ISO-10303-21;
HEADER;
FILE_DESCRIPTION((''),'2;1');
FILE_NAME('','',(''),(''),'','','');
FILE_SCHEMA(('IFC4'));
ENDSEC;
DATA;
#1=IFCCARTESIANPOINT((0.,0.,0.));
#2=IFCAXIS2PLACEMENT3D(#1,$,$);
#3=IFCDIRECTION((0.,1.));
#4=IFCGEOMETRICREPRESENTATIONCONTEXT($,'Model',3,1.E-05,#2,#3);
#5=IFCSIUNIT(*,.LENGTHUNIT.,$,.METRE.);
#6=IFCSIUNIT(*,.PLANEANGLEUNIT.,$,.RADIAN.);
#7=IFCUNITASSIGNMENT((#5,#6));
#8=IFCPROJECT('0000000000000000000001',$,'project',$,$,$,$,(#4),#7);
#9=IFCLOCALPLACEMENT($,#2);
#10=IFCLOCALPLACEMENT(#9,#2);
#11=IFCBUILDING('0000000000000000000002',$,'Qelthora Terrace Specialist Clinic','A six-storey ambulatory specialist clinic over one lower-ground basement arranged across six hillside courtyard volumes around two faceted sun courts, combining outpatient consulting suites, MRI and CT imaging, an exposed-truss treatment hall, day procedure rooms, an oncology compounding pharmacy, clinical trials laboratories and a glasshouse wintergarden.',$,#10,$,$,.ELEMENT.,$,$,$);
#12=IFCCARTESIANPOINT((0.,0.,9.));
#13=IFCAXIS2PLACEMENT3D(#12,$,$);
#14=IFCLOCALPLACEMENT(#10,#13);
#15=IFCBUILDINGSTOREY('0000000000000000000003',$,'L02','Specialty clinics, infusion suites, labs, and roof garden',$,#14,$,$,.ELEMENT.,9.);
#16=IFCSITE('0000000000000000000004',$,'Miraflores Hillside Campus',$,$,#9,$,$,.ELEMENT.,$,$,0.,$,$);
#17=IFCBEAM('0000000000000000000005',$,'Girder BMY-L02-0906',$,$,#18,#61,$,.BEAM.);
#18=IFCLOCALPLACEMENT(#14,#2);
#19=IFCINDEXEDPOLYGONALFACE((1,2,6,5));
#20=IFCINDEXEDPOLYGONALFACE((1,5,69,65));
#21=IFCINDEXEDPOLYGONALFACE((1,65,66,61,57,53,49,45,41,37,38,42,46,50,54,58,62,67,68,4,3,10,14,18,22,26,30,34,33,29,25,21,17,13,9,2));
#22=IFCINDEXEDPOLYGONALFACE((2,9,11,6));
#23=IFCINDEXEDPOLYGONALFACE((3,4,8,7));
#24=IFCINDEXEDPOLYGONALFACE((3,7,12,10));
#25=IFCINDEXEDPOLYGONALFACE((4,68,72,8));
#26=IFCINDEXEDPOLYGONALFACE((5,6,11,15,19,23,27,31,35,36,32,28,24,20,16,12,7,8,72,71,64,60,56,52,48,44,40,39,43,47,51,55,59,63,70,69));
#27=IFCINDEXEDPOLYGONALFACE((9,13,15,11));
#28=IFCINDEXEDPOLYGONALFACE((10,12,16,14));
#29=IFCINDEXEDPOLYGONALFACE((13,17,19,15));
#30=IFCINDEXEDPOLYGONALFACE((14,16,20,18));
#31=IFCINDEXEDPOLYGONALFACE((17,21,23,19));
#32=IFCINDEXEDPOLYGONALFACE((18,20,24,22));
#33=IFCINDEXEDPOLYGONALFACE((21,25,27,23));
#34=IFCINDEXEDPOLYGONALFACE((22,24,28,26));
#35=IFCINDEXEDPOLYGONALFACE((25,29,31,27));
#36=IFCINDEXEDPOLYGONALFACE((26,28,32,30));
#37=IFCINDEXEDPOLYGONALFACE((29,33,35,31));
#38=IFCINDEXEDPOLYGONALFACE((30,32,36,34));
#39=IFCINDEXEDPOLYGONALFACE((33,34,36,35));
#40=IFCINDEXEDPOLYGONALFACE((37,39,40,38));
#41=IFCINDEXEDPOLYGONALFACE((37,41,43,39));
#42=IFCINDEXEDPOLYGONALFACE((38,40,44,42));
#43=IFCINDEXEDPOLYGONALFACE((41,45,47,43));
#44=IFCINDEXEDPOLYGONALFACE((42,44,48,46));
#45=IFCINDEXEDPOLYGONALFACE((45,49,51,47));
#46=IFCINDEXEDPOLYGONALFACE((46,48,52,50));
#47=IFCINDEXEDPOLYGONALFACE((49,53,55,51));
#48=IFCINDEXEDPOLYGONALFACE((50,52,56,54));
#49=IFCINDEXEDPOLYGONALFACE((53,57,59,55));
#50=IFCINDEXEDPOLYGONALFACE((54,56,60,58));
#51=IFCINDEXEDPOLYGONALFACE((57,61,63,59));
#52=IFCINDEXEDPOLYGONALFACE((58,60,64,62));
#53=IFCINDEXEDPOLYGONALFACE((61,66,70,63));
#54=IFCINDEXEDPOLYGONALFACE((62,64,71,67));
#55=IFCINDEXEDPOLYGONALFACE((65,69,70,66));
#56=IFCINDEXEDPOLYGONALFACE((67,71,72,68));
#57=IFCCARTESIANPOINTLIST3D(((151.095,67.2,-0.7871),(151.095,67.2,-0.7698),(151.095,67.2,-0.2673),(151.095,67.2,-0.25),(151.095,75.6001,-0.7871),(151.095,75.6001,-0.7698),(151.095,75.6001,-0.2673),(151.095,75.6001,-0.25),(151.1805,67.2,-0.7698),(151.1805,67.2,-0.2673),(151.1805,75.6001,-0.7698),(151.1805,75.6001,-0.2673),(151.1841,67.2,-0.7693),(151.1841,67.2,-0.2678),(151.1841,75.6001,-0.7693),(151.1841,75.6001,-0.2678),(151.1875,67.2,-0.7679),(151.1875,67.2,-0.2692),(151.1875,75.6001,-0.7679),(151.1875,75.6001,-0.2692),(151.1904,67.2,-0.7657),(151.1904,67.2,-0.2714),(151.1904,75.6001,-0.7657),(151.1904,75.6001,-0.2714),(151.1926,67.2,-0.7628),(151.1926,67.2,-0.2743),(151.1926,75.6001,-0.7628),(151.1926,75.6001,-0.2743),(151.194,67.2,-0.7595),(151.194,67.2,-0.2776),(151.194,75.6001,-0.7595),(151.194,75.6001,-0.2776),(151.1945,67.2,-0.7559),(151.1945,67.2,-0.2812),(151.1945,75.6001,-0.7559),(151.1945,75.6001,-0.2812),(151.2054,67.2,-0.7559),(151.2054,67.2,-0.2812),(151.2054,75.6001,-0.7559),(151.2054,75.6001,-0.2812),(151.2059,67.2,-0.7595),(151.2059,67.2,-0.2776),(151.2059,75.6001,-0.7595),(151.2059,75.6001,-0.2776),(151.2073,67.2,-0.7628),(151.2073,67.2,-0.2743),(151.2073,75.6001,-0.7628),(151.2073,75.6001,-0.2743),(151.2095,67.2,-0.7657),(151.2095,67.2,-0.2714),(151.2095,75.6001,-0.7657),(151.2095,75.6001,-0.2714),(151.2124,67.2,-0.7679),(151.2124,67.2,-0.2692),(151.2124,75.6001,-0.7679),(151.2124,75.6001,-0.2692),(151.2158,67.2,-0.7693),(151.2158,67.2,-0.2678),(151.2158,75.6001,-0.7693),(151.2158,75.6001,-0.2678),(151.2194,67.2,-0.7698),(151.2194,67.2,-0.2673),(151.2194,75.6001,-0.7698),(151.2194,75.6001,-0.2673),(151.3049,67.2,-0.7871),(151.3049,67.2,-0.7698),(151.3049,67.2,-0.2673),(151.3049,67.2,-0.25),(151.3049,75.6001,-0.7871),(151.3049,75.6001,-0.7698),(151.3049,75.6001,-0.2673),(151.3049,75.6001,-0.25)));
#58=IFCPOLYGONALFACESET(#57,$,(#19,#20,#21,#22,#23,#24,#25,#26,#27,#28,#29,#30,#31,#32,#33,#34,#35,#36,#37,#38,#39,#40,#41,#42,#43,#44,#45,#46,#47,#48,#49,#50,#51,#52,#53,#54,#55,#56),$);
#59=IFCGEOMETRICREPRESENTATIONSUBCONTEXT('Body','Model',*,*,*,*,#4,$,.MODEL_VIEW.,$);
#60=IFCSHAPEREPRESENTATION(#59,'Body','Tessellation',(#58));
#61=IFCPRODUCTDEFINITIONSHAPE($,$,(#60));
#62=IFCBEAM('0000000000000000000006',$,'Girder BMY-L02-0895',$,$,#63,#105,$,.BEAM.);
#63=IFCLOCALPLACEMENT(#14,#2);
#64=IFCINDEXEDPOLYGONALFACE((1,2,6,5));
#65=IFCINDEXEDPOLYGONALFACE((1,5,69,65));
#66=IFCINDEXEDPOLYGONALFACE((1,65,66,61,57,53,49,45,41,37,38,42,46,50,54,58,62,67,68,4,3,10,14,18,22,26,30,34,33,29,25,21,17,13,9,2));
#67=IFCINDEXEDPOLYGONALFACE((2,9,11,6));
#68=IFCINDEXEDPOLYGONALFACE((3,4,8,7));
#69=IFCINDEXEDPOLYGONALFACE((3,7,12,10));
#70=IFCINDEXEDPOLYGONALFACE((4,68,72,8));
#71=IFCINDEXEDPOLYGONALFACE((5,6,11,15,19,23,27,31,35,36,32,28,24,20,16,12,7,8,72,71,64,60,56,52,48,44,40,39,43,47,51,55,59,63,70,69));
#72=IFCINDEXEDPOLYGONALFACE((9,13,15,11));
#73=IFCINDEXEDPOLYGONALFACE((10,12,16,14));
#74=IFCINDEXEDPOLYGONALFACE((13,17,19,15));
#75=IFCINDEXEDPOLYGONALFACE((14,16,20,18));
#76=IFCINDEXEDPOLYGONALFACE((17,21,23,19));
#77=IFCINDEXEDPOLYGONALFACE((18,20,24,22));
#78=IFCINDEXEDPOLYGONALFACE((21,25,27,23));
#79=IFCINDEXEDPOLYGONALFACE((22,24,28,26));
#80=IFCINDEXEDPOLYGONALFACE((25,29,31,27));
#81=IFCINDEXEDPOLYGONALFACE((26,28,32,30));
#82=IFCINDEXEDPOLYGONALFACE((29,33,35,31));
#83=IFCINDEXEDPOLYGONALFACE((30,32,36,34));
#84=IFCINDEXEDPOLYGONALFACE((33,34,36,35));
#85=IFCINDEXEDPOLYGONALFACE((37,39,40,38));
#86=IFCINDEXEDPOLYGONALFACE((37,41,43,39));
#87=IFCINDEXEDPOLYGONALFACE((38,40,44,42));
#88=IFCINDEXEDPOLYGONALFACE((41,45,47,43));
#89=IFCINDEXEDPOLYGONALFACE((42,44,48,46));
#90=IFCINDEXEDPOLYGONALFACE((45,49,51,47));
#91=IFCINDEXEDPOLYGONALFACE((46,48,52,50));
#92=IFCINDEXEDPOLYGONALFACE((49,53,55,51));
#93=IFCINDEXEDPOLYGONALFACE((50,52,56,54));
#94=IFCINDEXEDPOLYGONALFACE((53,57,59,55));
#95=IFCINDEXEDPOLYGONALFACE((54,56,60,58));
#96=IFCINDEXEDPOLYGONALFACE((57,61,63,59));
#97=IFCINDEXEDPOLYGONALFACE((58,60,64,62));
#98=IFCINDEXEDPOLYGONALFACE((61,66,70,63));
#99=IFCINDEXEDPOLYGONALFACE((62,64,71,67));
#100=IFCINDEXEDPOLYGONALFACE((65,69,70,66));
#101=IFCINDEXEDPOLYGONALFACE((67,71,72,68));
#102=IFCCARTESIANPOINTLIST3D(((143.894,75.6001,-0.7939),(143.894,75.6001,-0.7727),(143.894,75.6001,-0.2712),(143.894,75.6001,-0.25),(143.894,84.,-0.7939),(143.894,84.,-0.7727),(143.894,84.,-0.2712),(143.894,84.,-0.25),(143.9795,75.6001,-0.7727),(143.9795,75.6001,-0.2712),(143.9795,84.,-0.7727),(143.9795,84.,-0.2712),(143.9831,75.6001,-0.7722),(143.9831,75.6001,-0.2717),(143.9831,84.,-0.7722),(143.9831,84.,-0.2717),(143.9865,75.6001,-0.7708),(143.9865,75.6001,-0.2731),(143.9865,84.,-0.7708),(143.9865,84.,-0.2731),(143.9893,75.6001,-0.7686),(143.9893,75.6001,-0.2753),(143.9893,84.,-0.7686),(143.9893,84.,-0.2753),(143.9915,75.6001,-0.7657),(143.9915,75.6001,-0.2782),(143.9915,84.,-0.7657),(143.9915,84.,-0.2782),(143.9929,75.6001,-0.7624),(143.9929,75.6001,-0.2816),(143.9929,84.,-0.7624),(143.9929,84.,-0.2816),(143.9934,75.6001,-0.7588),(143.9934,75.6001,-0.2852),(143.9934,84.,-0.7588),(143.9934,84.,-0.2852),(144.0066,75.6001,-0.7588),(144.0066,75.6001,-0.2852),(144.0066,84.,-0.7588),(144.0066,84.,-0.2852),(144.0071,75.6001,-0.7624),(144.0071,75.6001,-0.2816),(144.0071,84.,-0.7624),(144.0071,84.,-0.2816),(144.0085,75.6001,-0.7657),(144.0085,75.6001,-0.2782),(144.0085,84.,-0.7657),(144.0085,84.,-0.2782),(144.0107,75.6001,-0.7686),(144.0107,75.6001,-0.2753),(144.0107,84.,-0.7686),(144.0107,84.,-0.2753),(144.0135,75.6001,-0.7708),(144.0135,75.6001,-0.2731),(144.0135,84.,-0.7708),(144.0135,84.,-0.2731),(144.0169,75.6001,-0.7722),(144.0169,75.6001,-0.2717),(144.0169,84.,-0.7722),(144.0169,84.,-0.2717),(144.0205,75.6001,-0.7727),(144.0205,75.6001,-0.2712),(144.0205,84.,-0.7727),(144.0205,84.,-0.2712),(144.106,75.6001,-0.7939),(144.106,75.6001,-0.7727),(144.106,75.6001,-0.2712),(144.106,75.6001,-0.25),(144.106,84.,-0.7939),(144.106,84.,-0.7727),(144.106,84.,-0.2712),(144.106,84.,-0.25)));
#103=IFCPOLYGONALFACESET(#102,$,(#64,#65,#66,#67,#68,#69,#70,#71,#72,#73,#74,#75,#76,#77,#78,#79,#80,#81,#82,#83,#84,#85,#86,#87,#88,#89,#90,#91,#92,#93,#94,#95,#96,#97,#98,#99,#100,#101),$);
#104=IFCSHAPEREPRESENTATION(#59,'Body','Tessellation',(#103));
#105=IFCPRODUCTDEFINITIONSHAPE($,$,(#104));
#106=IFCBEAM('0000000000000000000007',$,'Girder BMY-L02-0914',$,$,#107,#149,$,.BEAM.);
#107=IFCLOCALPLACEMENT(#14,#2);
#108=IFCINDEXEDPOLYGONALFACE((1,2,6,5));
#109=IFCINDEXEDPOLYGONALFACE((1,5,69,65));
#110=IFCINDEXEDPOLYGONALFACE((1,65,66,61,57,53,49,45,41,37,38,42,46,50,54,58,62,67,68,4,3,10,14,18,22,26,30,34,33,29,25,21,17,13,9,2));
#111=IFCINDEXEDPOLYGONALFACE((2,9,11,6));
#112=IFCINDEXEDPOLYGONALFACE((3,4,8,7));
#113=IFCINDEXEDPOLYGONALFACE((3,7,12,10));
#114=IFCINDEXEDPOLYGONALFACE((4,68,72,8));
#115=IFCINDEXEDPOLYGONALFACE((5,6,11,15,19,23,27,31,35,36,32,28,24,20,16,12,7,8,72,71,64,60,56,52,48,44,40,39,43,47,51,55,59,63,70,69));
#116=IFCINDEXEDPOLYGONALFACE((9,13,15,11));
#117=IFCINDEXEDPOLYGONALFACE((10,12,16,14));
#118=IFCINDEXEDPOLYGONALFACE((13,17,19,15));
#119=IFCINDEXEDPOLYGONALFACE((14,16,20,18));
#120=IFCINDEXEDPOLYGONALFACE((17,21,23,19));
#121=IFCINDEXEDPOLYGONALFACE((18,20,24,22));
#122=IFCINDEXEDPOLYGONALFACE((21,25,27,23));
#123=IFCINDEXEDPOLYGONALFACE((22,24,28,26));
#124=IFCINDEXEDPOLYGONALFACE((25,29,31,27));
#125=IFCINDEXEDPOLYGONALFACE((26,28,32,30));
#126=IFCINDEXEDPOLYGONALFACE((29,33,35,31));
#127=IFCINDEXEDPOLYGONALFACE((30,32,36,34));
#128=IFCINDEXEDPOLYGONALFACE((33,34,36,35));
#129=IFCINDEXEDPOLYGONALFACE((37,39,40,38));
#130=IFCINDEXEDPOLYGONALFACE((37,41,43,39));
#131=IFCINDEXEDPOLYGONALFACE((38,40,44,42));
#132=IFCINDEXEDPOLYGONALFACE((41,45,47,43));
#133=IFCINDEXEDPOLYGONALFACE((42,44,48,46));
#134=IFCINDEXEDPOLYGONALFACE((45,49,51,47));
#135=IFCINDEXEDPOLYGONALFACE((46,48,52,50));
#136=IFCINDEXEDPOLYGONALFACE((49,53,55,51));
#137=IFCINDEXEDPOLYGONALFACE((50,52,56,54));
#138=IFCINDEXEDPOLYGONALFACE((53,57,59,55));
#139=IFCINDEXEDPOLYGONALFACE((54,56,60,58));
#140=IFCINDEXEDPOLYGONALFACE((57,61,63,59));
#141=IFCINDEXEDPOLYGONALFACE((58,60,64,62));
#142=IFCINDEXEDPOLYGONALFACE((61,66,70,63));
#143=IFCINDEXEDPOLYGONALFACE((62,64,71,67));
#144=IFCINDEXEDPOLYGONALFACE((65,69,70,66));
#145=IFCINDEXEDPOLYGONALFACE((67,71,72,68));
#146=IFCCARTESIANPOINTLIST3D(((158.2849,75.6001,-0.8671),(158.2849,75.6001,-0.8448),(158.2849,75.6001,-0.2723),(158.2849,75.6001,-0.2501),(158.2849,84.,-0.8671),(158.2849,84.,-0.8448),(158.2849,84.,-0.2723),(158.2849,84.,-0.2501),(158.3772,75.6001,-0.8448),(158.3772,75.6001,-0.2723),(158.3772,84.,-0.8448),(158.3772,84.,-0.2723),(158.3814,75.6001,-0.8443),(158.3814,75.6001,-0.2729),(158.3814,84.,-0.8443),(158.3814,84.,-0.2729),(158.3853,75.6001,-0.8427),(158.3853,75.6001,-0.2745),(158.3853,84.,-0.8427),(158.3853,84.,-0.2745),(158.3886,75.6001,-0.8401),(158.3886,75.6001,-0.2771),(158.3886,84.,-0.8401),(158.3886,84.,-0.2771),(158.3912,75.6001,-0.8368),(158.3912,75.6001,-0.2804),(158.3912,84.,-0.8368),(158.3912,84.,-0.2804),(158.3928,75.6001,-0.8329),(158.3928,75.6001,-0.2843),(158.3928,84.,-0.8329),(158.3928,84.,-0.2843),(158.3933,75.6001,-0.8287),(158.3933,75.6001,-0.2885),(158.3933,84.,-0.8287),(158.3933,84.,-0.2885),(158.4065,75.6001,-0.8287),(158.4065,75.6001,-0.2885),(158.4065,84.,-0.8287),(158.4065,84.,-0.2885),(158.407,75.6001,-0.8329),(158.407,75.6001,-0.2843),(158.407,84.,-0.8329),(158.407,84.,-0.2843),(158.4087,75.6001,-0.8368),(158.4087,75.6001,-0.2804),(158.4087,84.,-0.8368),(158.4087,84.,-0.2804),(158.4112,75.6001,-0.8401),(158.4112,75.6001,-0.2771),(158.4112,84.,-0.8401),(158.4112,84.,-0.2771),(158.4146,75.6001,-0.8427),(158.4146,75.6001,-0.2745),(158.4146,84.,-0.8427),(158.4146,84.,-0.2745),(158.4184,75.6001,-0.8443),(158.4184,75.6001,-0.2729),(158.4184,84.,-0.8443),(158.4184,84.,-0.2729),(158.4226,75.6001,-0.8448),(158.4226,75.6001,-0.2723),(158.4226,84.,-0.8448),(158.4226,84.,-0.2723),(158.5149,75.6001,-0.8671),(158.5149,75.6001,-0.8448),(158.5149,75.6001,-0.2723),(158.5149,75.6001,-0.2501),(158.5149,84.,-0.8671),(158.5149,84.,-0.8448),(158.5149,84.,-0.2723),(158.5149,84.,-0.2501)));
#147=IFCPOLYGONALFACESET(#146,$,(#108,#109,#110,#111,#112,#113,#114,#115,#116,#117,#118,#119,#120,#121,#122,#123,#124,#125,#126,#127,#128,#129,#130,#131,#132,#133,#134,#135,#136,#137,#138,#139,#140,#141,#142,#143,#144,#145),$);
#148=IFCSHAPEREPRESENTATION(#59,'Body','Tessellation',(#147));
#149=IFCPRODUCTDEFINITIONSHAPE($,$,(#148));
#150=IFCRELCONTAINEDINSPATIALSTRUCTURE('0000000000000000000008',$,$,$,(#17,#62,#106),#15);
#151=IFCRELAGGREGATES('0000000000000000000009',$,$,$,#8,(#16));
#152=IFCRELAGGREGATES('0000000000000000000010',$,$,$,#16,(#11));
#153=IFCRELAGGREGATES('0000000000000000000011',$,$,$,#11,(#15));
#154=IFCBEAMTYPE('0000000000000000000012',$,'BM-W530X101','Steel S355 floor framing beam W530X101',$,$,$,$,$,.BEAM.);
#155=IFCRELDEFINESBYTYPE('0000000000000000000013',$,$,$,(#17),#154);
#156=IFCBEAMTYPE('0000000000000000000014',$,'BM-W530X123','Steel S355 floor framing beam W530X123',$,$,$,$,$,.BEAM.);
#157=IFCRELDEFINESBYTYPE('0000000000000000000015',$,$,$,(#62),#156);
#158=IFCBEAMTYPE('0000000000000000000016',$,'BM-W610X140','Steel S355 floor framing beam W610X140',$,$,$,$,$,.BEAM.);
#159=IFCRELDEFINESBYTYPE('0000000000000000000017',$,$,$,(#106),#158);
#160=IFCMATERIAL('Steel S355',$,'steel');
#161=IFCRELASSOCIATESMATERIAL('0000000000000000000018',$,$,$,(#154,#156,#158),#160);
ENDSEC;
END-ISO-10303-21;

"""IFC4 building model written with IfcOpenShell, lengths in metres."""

from ifc_helpers import new_model, si_unit, direction, frame, origin, origin_2d, place, context, subcontext, project, spatial, i_section, extrude, material, material_profile, profile_set, type_object, element, save


model = new_model("IFC4")

# Units and contexts
model_context = context("Model", 3, precision=1e-05, world=origin(), true_north=direction((0.0, 1.0)))
body_context = subcontext(model_context, "Body", "Model", "MODEL_VIEW")
ifc_project = project(units=[si_unit("LENGTHUNIT", "METRE"), si_unit("PLANEANGLEUNIT", "RADIAN")], contexts=[model_context])

# Site, building, storey
site_placement = place(None, origin())
site = spatial("IfcSite", under=ifc_project, at=site_placement, Name="Miraflores Hillside Campus", CompositionType="ELEMENT", RefElevation=0.0)
building_placement = place(site_placement, origin())
building = spatial("IfcBuilding", under=site, at=building_placement, Name="Qelthora Terrace Specialist Clinic", Description="A six-storey ambulatory specialist clinic over one lower-ground basement arranged across six hillside courtyard volumes around two faceted sun courts, combining outpatient consulting suites, MRI and CT imaging, an exposed-truss treatment hall, day procedure rooms, an oncology compounding pharmacy, clinical trials laboratories and a glasshouse wintergarden.", CompositionType="ELEMENT")
storey_placement = place(building_placement, frame((0.0, 0.0, 9.0)))
storey = spatial("IfcBuildingStorey", under=building, at=storey_placement, Name="L02", Description="Specialty clinics, infusion suites, labs, and roof garden", CompositionType="ELEMENT", Elevation=9.0)

# Shared definitions
ifc_material_1 = material(Name="Steel S355", Category="steel")

# Beams
ifc_material_profile_1 = material_profile(ifc_material_1, i_section(OverallWidth=0.21, OverallDepth=0.5371, WebThickness=0.011, FlangeThickness=0.0173, FilletRadius=0.0139, at=origin_2d()), Name="W530X101")
ifc_profile_set_1 = profile_set([ifc_material_profile_1], Name="Steel S355")
beam_type_1 = type_object("IfcBeamType", Name="BM-W530X101", Description="Steel S355 floor framing beam W530X101", PredefinedType="BEAM", material=ifc_profile_set_1)
beam_1_placement = place(storey_placement, frame((151.2, 67.2, -0.5186), z_axis=(0.0, 1.0, 0.0), x_axis=(-1.0, 0.0, 0.0)))
element("IfcBeam", 1, at=beam_1_placement, inside=storey, type_object=beam_type_1, Name="Girder BMY-L02-0906", PredefinedType="BEAM", context=body_context, shape_type="SweptSolid", body=[
    extrude(i_section(OverallWidth=0.21, OverallDepth=0.5371, WebThickness=0.011, FlangeThickness=0.0173, FilletRadius=0.0139, at=origin_2d()), origin(), (0.0, 0.0, 1.0), 8.4001),
])
ifc_material_profile_2 = material_profile(ifc_material_1, i_section(OverallWidth=0.2119, OverallDepth=0.5439, WebThickness=0.0132, FlangeThickness=0.0212, FilletRadius=0.0139, at=origin_2d()), Name="W530X123")
ifc_profile_set_2 = profile_set([ifc_material_profile_2], Name="Steel S355")
beam_type_2 = type_object("IfcBeamType", Name="BM-W530X123", Description="Steel S355 floor framing beam W530X123", PredefinedType="BEAM", material=ifc_profile_set_2)
beam_2_placement = place(storey_placement, frame((144.0, 75.6001, -0.522), z_axis=(0.0, 1.0, 0.0), x_axis=(-1.0, 0.0, 0.0)))
element("IfcBeam", 2, at=beam_2_placement, inside=storey, type_object=beam_type_2, Name="Girder BMY-L02-0895", PredefinedType="BEAM", context=body_context, shape_type="SweptSolid", body=[
    extrude(i_section(OverallWidth=0.2119, OverallDepth=0.5439, WebThickness=0.0132, FlangeThickness=0.0212, FilletRadius=0.0139, at=origin_2d()), origin(), (0.0, 0.0, 1.0), 8.3999),
])
ifc_material_profile_3 = material_profile(ifc_material_1, i_section(OverallWidth=0.23, OverallDepth=0.6169, WebThickness=0.0132, FlangeThickness=0.0222, FilletRadius=0.0161, at=origin_2d()), Name="W610X140")
ifc_profile_set_3 = profile_set([ifc_material_profile_3], Name="Steel S355")
beam_type_3 = type_object("IfcBeamType", Name="BM-W610X140", Description="Steel S355 floor framing beam W610X140", PredefinedType="BEAM", material=ifc_profile_set_3)
beam_3_placement = place(storey_placement, frame((158.3999, 75.6001, -0.5586), z_axis=(0.0, 1.0, 0.0), x_axis=(-1.0, 0.0, 0.0)))
element("IfcBeam", 3, at=beam_3_placement, inside=storey, type_object=beam_type_3, Name="Girder BMY-L02-0914", PredefinedType="BEAM", context=body_context, shape_type="SweptSolid", body=[
    extrude(i_section(OverallWidth=0.23, OverallDepth=0.6169, WebThickness=0.0132, FlangeThickness=0.0222, FilletRadius=0.0161, at=origin_2d()), origin(), (0.0, 0.0, 1.0), 8.3999),
])

save(model, "model.ifc")
